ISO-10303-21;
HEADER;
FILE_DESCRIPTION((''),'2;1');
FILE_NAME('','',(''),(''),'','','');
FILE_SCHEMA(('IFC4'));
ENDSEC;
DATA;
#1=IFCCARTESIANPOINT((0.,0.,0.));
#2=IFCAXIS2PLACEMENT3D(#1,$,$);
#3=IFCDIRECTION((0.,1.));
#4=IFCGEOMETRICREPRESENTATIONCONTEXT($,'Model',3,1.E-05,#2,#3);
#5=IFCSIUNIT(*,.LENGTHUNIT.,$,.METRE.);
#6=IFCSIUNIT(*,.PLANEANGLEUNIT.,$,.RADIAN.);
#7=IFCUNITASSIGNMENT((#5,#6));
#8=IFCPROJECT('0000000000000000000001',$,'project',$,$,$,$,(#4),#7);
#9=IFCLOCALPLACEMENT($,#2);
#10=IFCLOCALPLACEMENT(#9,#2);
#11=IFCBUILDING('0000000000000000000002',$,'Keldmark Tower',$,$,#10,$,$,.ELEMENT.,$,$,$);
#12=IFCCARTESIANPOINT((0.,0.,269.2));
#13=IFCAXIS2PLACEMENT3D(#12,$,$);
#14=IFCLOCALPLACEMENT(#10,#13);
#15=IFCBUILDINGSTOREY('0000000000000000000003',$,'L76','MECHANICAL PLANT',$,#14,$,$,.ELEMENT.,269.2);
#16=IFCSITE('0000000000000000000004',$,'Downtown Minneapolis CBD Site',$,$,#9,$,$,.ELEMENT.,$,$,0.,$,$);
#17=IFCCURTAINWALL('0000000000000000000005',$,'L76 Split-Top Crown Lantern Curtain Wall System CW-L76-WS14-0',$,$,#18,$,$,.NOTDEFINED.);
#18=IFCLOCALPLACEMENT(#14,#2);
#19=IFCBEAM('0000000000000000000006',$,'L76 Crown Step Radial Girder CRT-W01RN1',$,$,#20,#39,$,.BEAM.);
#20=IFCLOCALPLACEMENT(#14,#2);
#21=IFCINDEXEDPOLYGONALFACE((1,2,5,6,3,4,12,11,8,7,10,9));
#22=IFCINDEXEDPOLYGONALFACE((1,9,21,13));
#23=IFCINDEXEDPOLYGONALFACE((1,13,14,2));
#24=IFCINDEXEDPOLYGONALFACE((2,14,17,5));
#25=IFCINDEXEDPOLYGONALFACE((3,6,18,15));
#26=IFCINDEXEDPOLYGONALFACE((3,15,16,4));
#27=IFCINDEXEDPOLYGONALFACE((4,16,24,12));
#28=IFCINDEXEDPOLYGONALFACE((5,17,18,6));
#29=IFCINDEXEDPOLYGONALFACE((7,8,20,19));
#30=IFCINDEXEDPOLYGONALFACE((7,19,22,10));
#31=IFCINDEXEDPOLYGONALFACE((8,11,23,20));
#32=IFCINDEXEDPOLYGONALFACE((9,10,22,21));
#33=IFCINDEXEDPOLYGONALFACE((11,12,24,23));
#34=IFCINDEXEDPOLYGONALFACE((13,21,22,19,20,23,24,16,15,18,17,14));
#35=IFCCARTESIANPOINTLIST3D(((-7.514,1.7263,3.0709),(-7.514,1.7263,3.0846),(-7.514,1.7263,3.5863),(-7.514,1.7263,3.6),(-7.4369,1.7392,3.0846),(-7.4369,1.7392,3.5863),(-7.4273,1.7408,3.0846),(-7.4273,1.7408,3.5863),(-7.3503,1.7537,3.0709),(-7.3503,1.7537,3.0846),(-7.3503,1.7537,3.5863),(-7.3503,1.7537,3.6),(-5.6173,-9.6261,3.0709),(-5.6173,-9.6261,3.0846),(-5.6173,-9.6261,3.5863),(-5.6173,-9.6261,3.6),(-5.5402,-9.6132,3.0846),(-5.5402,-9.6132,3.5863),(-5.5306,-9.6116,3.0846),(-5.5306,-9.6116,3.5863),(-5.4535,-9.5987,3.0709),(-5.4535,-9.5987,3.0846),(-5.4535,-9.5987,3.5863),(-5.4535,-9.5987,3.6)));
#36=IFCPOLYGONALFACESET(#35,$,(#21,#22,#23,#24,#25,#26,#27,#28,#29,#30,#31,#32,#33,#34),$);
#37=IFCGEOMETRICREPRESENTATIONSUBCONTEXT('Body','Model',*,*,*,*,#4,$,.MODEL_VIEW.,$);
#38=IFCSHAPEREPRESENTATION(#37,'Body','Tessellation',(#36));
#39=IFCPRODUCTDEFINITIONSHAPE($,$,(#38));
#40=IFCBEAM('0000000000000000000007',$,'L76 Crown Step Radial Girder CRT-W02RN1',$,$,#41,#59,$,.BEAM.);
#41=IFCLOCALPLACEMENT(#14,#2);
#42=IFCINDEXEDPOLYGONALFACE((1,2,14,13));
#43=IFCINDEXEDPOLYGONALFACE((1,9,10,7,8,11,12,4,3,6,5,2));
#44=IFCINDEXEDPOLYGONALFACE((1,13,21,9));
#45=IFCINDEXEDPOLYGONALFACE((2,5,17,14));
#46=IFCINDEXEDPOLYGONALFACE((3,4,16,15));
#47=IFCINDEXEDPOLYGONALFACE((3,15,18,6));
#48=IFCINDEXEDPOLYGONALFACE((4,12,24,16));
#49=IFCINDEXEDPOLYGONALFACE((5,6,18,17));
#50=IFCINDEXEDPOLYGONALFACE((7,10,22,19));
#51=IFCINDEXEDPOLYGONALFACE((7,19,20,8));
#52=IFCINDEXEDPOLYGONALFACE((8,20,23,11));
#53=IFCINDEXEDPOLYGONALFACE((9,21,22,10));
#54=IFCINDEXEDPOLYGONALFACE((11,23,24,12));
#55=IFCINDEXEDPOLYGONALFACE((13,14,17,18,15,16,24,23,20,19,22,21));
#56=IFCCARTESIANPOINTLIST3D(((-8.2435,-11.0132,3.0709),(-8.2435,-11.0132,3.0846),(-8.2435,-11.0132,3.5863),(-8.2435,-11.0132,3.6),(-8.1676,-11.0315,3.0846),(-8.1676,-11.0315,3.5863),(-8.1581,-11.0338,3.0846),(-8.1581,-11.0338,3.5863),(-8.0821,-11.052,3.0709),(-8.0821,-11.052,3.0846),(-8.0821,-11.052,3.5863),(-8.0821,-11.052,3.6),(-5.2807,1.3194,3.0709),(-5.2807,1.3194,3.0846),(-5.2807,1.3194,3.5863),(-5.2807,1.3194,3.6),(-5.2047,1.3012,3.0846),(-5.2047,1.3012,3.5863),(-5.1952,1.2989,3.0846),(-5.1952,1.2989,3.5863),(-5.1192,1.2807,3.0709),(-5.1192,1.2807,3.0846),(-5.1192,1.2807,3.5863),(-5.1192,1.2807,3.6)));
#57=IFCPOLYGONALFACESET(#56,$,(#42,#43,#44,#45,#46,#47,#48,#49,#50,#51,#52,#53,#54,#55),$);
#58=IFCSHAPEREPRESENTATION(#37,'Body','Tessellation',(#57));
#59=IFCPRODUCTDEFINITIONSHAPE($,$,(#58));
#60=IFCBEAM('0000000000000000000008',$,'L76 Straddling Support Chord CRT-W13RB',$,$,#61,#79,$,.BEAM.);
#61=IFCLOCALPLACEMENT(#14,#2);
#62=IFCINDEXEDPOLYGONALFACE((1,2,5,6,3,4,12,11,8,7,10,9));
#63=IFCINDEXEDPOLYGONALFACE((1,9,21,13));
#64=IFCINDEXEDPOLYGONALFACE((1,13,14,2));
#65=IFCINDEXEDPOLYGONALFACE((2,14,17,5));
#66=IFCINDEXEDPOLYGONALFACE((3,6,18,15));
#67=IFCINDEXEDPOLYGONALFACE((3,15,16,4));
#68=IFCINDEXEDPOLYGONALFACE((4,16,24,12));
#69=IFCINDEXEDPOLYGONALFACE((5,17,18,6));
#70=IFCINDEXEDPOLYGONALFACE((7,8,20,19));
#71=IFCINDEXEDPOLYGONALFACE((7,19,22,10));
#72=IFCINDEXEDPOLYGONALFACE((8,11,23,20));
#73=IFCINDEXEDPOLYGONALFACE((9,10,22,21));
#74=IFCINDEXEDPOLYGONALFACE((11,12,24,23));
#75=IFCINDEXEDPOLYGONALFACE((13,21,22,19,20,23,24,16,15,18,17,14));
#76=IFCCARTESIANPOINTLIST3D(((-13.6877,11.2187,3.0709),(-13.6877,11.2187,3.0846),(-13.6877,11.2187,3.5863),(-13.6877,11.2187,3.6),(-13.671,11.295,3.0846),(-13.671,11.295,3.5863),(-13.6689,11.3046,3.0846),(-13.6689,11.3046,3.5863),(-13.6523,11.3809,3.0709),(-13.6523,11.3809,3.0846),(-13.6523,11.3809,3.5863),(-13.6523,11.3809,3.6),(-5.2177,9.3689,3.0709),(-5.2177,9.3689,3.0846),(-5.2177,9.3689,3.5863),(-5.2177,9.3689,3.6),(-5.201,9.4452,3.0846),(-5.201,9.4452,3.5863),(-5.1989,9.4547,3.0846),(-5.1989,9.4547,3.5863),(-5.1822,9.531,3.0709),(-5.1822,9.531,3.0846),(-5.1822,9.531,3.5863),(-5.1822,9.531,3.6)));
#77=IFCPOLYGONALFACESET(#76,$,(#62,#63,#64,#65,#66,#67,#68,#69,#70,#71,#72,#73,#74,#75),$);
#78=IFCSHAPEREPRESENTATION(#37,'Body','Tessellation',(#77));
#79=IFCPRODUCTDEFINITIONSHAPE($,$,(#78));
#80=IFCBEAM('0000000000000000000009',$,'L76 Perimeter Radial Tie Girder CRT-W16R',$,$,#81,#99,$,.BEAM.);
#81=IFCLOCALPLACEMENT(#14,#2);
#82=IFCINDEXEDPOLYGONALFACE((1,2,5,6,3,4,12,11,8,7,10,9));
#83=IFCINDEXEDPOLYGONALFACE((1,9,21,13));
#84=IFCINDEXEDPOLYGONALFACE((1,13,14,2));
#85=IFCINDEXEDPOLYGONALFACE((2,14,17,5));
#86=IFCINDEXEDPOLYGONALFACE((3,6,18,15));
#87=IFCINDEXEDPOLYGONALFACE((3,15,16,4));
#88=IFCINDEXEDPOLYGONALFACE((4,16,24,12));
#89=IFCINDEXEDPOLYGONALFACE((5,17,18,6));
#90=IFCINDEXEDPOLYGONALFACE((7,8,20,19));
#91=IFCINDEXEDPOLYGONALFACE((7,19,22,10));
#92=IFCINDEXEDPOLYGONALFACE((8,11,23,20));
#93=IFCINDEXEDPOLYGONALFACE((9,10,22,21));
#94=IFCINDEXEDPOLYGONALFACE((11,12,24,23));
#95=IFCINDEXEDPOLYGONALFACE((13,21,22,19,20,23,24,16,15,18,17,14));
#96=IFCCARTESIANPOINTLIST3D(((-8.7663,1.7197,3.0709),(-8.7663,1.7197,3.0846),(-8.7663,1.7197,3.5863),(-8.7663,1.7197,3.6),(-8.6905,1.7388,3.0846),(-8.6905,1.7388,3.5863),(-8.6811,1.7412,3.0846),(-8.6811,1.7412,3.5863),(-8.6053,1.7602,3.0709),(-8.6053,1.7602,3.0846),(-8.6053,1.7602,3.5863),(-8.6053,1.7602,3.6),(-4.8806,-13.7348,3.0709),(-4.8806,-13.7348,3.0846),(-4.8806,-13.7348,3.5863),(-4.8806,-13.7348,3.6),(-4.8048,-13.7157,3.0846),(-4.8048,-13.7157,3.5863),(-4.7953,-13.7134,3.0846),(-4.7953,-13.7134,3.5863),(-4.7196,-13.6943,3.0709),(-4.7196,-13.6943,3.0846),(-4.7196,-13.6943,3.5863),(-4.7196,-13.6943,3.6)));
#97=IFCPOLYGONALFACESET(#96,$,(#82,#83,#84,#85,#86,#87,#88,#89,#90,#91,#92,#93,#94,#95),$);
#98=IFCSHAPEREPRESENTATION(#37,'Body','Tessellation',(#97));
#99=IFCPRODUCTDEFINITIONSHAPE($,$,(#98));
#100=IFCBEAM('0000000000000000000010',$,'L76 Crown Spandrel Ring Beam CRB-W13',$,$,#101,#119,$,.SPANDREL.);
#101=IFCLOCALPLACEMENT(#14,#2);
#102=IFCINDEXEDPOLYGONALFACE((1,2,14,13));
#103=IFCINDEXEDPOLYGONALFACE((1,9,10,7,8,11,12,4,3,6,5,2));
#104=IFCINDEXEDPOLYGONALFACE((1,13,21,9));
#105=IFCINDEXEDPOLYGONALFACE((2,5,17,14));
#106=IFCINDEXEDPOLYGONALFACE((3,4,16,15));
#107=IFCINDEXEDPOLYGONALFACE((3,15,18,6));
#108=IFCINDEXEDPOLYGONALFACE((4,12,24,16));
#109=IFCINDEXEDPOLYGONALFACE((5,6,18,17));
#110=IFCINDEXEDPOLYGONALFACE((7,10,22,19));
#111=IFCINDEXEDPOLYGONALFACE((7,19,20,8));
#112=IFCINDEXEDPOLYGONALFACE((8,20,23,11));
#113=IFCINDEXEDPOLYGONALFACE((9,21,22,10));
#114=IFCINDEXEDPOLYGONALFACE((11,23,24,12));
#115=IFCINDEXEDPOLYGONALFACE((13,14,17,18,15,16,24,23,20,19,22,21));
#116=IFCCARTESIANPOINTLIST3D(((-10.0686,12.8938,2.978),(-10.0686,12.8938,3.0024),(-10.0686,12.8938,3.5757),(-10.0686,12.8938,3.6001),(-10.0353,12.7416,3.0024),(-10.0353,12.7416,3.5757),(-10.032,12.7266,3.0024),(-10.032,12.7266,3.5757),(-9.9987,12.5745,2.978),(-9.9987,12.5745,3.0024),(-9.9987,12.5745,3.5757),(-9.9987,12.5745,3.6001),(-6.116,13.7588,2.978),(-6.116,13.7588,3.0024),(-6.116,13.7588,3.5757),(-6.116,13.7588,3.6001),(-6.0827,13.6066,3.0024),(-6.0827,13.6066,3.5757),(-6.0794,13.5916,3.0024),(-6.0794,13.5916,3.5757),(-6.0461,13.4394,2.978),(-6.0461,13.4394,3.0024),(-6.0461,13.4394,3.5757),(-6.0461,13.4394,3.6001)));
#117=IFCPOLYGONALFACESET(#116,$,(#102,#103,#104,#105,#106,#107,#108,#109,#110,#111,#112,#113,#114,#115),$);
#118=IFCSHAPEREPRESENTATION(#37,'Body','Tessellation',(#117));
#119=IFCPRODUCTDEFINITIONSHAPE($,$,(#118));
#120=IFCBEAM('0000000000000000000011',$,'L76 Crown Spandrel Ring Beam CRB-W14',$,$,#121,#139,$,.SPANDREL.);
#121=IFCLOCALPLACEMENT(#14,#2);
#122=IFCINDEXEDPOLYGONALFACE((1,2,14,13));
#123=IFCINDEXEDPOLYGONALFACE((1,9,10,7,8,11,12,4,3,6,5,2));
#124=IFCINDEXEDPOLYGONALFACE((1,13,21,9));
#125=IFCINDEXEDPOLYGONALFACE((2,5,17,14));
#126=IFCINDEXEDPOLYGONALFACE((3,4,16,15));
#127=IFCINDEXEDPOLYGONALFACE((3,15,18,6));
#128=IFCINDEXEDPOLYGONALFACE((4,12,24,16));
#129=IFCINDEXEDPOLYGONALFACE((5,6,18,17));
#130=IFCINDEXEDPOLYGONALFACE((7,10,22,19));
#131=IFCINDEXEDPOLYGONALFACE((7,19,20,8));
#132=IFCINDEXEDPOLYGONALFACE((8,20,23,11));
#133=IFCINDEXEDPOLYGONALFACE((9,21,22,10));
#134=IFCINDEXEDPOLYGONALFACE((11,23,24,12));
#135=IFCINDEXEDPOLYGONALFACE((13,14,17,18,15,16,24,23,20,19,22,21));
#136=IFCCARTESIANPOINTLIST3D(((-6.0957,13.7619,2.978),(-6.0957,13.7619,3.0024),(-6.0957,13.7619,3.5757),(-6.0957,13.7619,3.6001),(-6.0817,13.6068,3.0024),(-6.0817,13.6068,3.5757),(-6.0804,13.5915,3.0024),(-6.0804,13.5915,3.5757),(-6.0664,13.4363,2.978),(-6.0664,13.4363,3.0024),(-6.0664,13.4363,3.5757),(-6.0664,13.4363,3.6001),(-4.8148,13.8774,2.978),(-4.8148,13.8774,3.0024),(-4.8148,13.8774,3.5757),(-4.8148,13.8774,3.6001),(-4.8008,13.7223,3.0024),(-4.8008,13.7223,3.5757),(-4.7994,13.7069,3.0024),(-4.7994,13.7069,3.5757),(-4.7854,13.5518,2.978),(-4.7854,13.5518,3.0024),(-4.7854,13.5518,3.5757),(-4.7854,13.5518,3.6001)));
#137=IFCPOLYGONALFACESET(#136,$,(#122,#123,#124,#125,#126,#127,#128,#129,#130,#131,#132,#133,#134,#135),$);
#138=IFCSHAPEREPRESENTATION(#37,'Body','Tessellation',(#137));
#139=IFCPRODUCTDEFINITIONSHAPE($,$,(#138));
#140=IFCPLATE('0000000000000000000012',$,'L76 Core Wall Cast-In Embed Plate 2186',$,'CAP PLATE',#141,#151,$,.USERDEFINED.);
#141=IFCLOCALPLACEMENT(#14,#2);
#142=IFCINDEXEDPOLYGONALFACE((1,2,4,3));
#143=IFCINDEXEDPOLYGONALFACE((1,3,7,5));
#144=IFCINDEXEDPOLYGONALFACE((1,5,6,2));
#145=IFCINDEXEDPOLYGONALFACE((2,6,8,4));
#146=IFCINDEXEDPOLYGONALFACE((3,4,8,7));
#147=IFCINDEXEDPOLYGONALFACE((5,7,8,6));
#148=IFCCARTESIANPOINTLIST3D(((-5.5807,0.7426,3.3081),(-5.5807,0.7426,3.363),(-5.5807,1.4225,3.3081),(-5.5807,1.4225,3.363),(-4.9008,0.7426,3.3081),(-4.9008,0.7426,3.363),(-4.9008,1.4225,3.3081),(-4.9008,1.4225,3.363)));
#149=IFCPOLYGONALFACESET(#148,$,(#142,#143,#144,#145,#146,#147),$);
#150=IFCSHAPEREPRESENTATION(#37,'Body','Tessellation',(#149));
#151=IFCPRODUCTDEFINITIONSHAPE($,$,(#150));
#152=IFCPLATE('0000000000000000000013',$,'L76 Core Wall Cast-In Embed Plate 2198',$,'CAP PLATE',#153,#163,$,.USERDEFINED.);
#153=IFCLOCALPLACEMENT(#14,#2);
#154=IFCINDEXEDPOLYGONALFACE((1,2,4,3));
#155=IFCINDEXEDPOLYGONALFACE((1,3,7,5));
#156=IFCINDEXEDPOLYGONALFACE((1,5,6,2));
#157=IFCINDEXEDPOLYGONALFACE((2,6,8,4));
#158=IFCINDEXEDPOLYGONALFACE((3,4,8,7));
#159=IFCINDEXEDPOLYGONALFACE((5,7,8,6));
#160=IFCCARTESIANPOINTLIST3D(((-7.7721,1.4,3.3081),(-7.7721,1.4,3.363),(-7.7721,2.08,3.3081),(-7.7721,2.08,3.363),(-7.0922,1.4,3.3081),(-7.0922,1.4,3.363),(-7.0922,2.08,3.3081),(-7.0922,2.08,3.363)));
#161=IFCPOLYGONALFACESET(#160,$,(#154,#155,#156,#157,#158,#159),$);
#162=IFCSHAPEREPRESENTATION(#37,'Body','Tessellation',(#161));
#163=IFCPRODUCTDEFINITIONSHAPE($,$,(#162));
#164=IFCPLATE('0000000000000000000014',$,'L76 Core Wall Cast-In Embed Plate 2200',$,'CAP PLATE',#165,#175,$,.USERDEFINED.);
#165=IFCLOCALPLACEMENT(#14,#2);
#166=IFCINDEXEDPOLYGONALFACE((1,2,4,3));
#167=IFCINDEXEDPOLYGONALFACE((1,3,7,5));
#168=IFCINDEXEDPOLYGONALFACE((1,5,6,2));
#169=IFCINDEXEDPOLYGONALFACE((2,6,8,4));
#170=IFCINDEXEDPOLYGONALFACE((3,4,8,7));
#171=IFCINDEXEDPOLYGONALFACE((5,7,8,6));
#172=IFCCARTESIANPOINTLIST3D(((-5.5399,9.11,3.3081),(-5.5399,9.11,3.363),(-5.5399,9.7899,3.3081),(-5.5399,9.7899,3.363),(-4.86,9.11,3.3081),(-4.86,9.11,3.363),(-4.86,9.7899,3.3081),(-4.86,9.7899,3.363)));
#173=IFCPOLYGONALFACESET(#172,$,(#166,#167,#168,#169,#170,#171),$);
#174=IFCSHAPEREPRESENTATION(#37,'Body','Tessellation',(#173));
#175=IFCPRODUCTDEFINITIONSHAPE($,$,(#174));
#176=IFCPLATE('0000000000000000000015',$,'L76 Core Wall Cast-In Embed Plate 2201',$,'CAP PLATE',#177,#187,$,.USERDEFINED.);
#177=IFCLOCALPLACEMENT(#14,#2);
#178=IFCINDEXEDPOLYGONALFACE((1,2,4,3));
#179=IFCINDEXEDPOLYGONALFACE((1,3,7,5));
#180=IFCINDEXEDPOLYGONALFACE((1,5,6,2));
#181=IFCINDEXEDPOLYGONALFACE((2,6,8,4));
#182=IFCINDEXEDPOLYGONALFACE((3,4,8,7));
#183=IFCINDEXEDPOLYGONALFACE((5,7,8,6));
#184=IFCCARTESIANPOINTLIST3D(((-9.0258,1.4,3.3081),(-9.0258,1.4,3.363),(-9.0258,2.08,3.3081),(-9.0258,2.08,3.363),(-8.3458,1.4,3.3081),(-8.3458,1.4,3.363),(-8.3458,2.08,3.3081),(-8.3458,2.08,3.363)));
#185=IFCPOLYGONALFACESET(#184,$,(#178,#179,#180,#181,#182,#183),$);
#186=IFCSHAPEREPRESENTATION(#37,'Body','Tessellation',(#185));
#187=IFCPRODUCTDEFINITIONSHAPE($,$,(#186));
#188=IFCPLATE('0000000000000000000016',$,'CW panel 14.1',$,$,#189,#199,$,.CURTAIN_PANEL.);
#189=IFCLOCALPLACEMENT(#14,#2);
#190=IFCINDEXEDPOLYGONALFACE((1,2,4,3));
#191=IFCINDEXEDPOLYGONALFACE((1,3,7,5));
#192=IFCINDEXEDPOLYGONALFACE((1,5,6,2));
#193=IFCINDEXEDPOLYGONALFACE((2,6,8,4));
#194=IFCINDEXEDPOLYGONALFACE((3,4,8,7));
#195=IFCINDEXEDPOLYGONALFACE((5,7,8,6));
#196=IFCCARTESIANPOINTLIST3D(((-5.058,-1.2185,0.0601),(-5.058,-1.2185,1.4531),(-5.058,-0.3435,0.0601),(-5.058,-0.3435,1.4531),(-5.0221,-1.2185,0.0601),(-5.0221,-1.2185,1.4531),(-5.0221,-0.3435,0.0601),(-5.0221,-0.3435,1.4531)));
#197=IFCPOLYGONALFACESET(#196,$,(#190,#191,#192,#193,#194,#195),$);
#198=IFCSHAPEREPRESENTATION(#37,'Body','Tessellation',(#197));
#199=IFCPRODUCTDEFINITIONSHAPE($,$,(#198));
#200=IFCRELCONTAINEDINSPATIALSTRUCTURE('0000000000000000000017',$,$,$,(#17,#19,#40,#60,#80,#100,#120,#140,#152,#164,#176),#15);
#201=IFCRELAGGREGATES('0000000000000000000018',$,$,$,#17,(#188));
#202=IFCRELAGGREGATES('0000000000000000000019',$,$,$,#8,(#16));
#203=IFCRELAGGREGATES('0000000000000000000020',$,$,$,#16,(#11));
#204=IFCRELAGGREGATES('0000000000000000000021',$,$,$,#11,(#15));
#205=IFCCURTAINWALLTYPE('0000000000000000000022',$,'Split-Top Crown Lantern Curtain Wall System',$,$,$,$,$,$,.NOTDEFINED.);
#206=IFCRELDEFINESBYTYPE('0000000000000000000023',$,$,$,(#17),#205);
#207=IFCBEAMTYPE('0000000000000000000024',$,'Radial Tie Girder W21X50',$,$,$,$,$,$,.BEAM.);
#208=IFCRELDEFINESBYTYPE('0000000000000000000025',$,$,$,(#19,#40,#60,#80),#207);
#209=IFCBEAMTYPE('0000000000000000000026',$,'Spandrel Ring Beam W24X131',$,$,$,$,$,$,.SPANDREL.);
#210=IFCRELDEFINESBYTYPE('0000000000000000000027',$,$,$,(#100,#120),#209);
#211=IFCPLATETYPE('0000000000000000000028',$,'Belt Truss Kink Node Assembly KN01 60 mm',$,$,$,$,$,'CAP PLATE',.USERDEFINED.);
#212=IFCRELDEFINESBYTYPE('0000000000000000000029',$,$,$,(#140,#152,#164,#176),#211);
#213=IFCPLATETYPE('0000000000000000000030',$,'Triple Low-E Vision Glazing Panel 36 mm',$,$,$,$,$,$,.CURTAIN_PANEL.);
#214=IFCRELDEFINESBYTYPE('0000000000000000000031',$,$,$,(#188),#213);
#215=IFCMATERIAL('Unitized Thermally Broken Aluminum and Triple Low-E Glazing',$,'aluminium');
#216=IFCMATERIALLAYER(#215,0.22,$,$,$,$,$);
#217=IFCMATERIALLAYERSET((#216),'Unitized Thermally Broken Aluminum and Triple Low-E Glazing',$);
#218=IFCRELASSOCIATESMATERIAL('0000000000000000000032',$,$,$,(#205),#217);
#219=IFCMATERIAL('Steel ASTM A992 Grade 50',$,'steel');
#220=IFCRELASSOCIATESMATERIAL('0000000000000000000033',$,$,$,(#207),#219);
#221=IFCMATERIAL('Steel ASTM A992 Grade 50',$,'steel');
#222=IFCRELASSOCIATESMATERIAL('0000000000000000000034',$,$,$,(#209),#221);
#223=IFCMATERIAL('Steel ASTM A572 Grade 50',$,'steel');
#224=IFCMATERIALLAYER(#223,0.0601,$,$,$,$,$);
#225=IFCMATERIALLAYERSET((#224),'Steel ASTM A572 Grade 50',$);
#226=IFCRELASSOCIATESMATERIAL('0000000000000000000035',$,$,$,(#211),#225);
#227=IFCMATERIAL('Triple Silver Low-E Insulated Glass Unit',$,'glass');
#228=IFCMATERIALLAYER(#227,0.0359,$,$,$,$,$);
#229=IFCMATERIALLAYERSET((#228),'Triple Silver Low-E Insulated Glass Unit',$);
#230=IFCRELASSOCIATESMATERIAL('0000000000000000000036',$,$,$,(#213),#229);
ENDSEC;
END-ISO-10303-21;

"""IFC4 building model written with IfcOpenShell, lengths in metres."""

from ifc_helpers import new_model, si_unit, direction, frame, origin, origin_2d, place, context, subcontext, project, spatial, rectangle, i_section, extrude, material, layer, layer_set, material_profile, profile_set, type_object, element, aggregate, save


model = new_model("IFC4")

# Units and contexts
model_context = context("Model", 3, precision=1e-05, world=origin(), true_north=direction((0.0, 1.0)))
body_context = subcontext(model_context, "Body", "Model", "MODEL_VIEW")
ifc_project = project(units=[si_unit("LENGTHUNIT", "METRE"), si_unit("PLANEANGLEUNIT", "RADIAN")], contexts=[model_context])

# Site, building, storey
site_placement = place(None, origin())
site = spatial("IfcSite", under=ifc_project, at=site_placement, Name="Downtown Minneapolis CBD Site", CompositionType="ELEMENT", RefElevation=0.0)
building_placement = place(site_placement, origin())
building = spatial("IfcBuilding", under=site, at=building_placement, Name="Keldmark Tower", CompositionType="ELEMENT")
storey_placement = place(building_placement, frame((0.0, 0.0, 269.2)))
storey = spatial("IfcBuildingStorey", under=building, at=storey_placement, Name="L76", Description="MECHANICAL PLANT", CompositionType="ELEMENT", Elevation=269.2)

# Curtain wall
ifc_material_1 = material(Name="Unitized Thermally Broken Aluminum and Triple Low-E Glazing", Category="aluminium")
ifc_layer_1 = layer(ifc_material_1, 0.22)
ifc_layer_set_1 = layer_set([ifc_layer_1], Name="Unitized Thermally Broken Aluminum and Triple Low-E Glazing")
curtain_wall_type = type_object("IfcCurtainWallType", Name="Split-Top Crown Lantern Curtain Wall System", PredefinedType="NOTDEFINED", material=ifc_layer_set_1)
curtain_wall_1_placement = place(storey_placement, origin())
curtain_wall_1 = element("IfcCurtainWall", 1, at=curtain_wall_1_placement, inside=storey, type_object=curtain_wall_type, Name="L76 Split-Top Crown Lantern Curtain Wall System CW-L76-WS14-0", PredefinedType="NOTDEFINED")

# Beams
ifc_material_2 = material(Name="Steel ASTM A992 Grade 50", Category="steel")
ifc_material_profile_1 = material_profile(ifc_material_2, i_section(OverallWidth=0.166, OverallDepth=0.5291, WebThickness=0.0098, FlangeThickness=0.0137, at=origin_2d()), Name="W21X50")
ifc_profile_set_1 = profile_set([ifc_material_profile_1], Name="Steel ASTM A992 Grade 50")
beam_type_1 = type_object("IfcBeamType", Name="Radial Tie Girder W21X50", PredefinedType="BEAM", material=ifc_profile_set_1)
beam_1_placement = place(storey_placement, frame((-7.4321, 1.74, 3.3354), z_axis=(0.164795, -0.986328, 0.0), x_axis=(0.986328, 0.164795, 0.0)))
element("IfcBeam", 2, at=beam_1_placement, inside=storey, type_object=beam_type_1, Name="L76 Crown Step Radial Girder CRT-W01RN1", PredefinedType="BEAM", context=body_context, shape_type="SweptSolid", body=[
    extrude(i_section(OverallWidth=0.166, OverallDepth=0.5291, WebThickness=0.0098, FlangeThickness=0.0137, at=origin_2d()), origin(), (0.0, 0.0, 1.0), 11.5098),
])
beam_2_placement = place(storey_placement, frame((-5.2, 1.3, 3.3354), z_axis=(-0.233599, -0.972333, 0.0), x_axis=(0.972333, -0.233599, 0.0)))
element("IfcBeam", 3, at=beam_2_placement, inside=storey, type_object=beam_type_1, Name="L76 Crown Step Radial Girder CRT-W02RN1", PredefinedType="BEAM", context=body_context, shape_type="SweptSolid", body=[
    extrude(i_section(OverallWidth=0.166, OverallDepth=0.5291, WebThickness=0.0098, FlangeThickness=0.0137, at=origin_2d()), origin(), (0.0, 0.0, 1.0), 12.6836),
])
beam_3_placement = place(storey_placement, frame((-5.2, 9.45, 3.3354), z_axis=(-0.976971, 0.213372, 0.0), x_axis=(-0.213372, -0.976971, 0.0)))
element("IfcBeam", 4, at=beam_3_placement, inside=storey, type_object=beam_type_1, Name="L76 Straddling Support Chord CRT-W13RB", PredefinedType="BEAM", context=body_context, shape_type="SweptSolid", body=[
    extrude(i_section(OverallWidth=0.166, OverallDepth=0.5291, WebThickness=0.0098, FlangeThickness=0.0137, at=origin_2d()), origin(), (0.0, 0.0, 1.0), 8.6697),
])
beam_4_placement = place(storey_placement, frame((-8.6858, 1.74, 3.3354), z_axis=(0.24384, -0.969815, 0.0), x_axis=(0.969815, 0.24384, 0.0)))
element("IfcBeam", 5, at=beam_4_placement, inside=storey, type_object=beam_type_1, Name="L76 Perimeter Radial Tie Girder CRT-W16R", PredefinedType="BEAM", context=body_context, shape_type="SweptSolid", body=[
    extrude(i_section(OverallWidth=0.166, OverallDepth=0.5291, WebThickness=0.0098, FlangeThickness=0.0137, at=origin_2d()), origin(), (0.0, 0.0, 1.0), 15.9355),
])
ifc_material_3 = material(Name="Steel ASTM A992 Grade 50", Category="steel")
ifc_material_profile_2 = material_profile(ifc_material_3, i_section(OverallWidth=0.3269, OverallDepth=0.6221, WebThickness=0.0154, FlangeThickness=0.0244, at=origin_2d()), Name="W24X131")
ifc_profile_set_2 = profile_set([ifc_material_profile_2], Name="Steel ASTM A992 Grade 50")
beam_type_2 = type_object("IfcBeamType", Name="Spandrel Ring Beam W24X131", PredefinedType="SPANDREL", material=ifc_profile_set_2)
beam_5_placement = place(storey_placement, frame((-10.0337, 12.7341, 3.2891), z_axis=(0.976882, 0.21378, 0.0), x_axis=(-0.21378, 0.976882, 0.0)))
element("IfcBeam", 6, at=beam_5_placement, inside=storey, type_object=beam_type_2, Name="L76 Crown Spandrel Ring Beam CRB-W13", PredefinedType="SPANDREL", context=body_context, shape_type="SweptSolid", body=[
    extrude(i_section(OverallWidth=0.3269, OverallDepth=0.6221, WebThickness=0.0154, FlangeThickness=0.0244, at=origin_2d()), origin(), (0.0, 0.0, 1.0), 4.0461),
])
beam_6_placement = place(storey_placement, frame((-6.0811, 13.5991, 3.2891), z_axis=(0.995961, 0.089783, 0.0), x_axis=(-0.089783, 0.995961, 0.0)))
element("IfcBeam", 7, at=beam_6_placement, inside=storey, type_object=beam_type_2, Name="L76 Crown Spandrel Ring Beam CRB-W14", PredefinedType="SPANDREL", context=body_context, shape_type="SweptSolid", body=[
    extrude(i_section(OverallWidth=0.3269, OverallDepth=0.6221, WebThickness=0.0154, FlangeThickness=0.0244, at=origin_2d()), origin(), (0.0, 0.0, 1.0), 1.2861),
])

# Plates
ifc_material_4 = material(Name="Steel ASTM A572 Grade 50", Category="steel")
ifc_layer_2 = layer(ifc_material_4, 0.0601)
ifc_layer_set_2 = layer_set([ifc_layer_2], Name="Steel ASTM A572 Grade 50")
plate_type_1 = type_object("IfcPlateType", Name="Belt Truss Kink Node Assembly KN01 60 mm", ElementType="CAP PLATE", PredefinedType="USERDEFINED", material=ifc_layer_set_2)
for number, where, z_axis, x_axis, name in (
    (8, (-5.2407, 1.0825, 3.3081), (0.0, 0.0, 1.0), (1.0, 0.0, 0.0), "L76 Core Wall Cast-In Embed Plate 2186"),
    (9, (-7.4321, 1.74, 3.3081), (0.0, 0.0, 1.0), (1.0, 0.0, 0.0), "L76 Core Wall Cast-In Embed Plate 2198"),
    (10, (-5.2, 9.45, 3.3081), (0.0, 0.0, 1.0), (1.0, 0.0, 0.0), "L76 Core Wall Cast-In Embed Plate 2200"),
    (11, (-8.6858, 1.74, 3.3081), (0.0, 0.0, 1.0), (1.0, 0.0, 0.0), "L76 Core Wall Cast-In Embed Plate 2201"),
):
    element("IfcPlate", number, at=place(storey_placement, frame(where, z_axis=z_axis, x_axis=x_axis)), inside=storey, type_object=plate_type_1, Name=name, ObjectType="CAP PLATE", PredefinedType="USERDEFINED", context=body_context, shape_type="SweptSolid", body=[
        extrude(rectangle(XDim=0.6799, YDim=0.6799, at=origin_2d()), origin(), (0.0, 0.0, 1.0), 0.0549),
    ])

# Plate
ifc_material_5 = material(Name="Triple Silver Low-E Insulated Glass Unit", Category="glass")
ifc_layer_3 = layer(ifc_material_5, 0.0359)
ifc_layer_set_3 = layer_set([ifc_layer_3], Name="Triple Silver Low-E Insulated Glass Unit")
plate_type_2 = type_object("IfcPlateType", Name="Triple Low-E Vision Glazing Panel 36 mm", PredefinedType="CURTAIN_PANEL", material=ifc_layer_set_3)
plate_1_placement = place(storey_placement, frame((-5.04, -0.781, 0.0601), z_axis=(0.0, 0.0, 1.0), x_axis=(0.0, 1.0, 0.0)))
plate_1 = element("IfcPlate", 12, at=plate_1_placement, type_object=plate_type_2, Name="CW panel 14.1", PredefinedType="CURTAIN_PANEL", context=body_context, shape_type="SweptSolid", body=[
    extrude(rectangle(XDim=0.875, YDim=0.0359, at=origin_2d()), origin(), (0.0, 0.0, 1.0), 1.3931),
])
aggregate(curtain_wall_1, [plate_1])

save(model, "model.ifc")
